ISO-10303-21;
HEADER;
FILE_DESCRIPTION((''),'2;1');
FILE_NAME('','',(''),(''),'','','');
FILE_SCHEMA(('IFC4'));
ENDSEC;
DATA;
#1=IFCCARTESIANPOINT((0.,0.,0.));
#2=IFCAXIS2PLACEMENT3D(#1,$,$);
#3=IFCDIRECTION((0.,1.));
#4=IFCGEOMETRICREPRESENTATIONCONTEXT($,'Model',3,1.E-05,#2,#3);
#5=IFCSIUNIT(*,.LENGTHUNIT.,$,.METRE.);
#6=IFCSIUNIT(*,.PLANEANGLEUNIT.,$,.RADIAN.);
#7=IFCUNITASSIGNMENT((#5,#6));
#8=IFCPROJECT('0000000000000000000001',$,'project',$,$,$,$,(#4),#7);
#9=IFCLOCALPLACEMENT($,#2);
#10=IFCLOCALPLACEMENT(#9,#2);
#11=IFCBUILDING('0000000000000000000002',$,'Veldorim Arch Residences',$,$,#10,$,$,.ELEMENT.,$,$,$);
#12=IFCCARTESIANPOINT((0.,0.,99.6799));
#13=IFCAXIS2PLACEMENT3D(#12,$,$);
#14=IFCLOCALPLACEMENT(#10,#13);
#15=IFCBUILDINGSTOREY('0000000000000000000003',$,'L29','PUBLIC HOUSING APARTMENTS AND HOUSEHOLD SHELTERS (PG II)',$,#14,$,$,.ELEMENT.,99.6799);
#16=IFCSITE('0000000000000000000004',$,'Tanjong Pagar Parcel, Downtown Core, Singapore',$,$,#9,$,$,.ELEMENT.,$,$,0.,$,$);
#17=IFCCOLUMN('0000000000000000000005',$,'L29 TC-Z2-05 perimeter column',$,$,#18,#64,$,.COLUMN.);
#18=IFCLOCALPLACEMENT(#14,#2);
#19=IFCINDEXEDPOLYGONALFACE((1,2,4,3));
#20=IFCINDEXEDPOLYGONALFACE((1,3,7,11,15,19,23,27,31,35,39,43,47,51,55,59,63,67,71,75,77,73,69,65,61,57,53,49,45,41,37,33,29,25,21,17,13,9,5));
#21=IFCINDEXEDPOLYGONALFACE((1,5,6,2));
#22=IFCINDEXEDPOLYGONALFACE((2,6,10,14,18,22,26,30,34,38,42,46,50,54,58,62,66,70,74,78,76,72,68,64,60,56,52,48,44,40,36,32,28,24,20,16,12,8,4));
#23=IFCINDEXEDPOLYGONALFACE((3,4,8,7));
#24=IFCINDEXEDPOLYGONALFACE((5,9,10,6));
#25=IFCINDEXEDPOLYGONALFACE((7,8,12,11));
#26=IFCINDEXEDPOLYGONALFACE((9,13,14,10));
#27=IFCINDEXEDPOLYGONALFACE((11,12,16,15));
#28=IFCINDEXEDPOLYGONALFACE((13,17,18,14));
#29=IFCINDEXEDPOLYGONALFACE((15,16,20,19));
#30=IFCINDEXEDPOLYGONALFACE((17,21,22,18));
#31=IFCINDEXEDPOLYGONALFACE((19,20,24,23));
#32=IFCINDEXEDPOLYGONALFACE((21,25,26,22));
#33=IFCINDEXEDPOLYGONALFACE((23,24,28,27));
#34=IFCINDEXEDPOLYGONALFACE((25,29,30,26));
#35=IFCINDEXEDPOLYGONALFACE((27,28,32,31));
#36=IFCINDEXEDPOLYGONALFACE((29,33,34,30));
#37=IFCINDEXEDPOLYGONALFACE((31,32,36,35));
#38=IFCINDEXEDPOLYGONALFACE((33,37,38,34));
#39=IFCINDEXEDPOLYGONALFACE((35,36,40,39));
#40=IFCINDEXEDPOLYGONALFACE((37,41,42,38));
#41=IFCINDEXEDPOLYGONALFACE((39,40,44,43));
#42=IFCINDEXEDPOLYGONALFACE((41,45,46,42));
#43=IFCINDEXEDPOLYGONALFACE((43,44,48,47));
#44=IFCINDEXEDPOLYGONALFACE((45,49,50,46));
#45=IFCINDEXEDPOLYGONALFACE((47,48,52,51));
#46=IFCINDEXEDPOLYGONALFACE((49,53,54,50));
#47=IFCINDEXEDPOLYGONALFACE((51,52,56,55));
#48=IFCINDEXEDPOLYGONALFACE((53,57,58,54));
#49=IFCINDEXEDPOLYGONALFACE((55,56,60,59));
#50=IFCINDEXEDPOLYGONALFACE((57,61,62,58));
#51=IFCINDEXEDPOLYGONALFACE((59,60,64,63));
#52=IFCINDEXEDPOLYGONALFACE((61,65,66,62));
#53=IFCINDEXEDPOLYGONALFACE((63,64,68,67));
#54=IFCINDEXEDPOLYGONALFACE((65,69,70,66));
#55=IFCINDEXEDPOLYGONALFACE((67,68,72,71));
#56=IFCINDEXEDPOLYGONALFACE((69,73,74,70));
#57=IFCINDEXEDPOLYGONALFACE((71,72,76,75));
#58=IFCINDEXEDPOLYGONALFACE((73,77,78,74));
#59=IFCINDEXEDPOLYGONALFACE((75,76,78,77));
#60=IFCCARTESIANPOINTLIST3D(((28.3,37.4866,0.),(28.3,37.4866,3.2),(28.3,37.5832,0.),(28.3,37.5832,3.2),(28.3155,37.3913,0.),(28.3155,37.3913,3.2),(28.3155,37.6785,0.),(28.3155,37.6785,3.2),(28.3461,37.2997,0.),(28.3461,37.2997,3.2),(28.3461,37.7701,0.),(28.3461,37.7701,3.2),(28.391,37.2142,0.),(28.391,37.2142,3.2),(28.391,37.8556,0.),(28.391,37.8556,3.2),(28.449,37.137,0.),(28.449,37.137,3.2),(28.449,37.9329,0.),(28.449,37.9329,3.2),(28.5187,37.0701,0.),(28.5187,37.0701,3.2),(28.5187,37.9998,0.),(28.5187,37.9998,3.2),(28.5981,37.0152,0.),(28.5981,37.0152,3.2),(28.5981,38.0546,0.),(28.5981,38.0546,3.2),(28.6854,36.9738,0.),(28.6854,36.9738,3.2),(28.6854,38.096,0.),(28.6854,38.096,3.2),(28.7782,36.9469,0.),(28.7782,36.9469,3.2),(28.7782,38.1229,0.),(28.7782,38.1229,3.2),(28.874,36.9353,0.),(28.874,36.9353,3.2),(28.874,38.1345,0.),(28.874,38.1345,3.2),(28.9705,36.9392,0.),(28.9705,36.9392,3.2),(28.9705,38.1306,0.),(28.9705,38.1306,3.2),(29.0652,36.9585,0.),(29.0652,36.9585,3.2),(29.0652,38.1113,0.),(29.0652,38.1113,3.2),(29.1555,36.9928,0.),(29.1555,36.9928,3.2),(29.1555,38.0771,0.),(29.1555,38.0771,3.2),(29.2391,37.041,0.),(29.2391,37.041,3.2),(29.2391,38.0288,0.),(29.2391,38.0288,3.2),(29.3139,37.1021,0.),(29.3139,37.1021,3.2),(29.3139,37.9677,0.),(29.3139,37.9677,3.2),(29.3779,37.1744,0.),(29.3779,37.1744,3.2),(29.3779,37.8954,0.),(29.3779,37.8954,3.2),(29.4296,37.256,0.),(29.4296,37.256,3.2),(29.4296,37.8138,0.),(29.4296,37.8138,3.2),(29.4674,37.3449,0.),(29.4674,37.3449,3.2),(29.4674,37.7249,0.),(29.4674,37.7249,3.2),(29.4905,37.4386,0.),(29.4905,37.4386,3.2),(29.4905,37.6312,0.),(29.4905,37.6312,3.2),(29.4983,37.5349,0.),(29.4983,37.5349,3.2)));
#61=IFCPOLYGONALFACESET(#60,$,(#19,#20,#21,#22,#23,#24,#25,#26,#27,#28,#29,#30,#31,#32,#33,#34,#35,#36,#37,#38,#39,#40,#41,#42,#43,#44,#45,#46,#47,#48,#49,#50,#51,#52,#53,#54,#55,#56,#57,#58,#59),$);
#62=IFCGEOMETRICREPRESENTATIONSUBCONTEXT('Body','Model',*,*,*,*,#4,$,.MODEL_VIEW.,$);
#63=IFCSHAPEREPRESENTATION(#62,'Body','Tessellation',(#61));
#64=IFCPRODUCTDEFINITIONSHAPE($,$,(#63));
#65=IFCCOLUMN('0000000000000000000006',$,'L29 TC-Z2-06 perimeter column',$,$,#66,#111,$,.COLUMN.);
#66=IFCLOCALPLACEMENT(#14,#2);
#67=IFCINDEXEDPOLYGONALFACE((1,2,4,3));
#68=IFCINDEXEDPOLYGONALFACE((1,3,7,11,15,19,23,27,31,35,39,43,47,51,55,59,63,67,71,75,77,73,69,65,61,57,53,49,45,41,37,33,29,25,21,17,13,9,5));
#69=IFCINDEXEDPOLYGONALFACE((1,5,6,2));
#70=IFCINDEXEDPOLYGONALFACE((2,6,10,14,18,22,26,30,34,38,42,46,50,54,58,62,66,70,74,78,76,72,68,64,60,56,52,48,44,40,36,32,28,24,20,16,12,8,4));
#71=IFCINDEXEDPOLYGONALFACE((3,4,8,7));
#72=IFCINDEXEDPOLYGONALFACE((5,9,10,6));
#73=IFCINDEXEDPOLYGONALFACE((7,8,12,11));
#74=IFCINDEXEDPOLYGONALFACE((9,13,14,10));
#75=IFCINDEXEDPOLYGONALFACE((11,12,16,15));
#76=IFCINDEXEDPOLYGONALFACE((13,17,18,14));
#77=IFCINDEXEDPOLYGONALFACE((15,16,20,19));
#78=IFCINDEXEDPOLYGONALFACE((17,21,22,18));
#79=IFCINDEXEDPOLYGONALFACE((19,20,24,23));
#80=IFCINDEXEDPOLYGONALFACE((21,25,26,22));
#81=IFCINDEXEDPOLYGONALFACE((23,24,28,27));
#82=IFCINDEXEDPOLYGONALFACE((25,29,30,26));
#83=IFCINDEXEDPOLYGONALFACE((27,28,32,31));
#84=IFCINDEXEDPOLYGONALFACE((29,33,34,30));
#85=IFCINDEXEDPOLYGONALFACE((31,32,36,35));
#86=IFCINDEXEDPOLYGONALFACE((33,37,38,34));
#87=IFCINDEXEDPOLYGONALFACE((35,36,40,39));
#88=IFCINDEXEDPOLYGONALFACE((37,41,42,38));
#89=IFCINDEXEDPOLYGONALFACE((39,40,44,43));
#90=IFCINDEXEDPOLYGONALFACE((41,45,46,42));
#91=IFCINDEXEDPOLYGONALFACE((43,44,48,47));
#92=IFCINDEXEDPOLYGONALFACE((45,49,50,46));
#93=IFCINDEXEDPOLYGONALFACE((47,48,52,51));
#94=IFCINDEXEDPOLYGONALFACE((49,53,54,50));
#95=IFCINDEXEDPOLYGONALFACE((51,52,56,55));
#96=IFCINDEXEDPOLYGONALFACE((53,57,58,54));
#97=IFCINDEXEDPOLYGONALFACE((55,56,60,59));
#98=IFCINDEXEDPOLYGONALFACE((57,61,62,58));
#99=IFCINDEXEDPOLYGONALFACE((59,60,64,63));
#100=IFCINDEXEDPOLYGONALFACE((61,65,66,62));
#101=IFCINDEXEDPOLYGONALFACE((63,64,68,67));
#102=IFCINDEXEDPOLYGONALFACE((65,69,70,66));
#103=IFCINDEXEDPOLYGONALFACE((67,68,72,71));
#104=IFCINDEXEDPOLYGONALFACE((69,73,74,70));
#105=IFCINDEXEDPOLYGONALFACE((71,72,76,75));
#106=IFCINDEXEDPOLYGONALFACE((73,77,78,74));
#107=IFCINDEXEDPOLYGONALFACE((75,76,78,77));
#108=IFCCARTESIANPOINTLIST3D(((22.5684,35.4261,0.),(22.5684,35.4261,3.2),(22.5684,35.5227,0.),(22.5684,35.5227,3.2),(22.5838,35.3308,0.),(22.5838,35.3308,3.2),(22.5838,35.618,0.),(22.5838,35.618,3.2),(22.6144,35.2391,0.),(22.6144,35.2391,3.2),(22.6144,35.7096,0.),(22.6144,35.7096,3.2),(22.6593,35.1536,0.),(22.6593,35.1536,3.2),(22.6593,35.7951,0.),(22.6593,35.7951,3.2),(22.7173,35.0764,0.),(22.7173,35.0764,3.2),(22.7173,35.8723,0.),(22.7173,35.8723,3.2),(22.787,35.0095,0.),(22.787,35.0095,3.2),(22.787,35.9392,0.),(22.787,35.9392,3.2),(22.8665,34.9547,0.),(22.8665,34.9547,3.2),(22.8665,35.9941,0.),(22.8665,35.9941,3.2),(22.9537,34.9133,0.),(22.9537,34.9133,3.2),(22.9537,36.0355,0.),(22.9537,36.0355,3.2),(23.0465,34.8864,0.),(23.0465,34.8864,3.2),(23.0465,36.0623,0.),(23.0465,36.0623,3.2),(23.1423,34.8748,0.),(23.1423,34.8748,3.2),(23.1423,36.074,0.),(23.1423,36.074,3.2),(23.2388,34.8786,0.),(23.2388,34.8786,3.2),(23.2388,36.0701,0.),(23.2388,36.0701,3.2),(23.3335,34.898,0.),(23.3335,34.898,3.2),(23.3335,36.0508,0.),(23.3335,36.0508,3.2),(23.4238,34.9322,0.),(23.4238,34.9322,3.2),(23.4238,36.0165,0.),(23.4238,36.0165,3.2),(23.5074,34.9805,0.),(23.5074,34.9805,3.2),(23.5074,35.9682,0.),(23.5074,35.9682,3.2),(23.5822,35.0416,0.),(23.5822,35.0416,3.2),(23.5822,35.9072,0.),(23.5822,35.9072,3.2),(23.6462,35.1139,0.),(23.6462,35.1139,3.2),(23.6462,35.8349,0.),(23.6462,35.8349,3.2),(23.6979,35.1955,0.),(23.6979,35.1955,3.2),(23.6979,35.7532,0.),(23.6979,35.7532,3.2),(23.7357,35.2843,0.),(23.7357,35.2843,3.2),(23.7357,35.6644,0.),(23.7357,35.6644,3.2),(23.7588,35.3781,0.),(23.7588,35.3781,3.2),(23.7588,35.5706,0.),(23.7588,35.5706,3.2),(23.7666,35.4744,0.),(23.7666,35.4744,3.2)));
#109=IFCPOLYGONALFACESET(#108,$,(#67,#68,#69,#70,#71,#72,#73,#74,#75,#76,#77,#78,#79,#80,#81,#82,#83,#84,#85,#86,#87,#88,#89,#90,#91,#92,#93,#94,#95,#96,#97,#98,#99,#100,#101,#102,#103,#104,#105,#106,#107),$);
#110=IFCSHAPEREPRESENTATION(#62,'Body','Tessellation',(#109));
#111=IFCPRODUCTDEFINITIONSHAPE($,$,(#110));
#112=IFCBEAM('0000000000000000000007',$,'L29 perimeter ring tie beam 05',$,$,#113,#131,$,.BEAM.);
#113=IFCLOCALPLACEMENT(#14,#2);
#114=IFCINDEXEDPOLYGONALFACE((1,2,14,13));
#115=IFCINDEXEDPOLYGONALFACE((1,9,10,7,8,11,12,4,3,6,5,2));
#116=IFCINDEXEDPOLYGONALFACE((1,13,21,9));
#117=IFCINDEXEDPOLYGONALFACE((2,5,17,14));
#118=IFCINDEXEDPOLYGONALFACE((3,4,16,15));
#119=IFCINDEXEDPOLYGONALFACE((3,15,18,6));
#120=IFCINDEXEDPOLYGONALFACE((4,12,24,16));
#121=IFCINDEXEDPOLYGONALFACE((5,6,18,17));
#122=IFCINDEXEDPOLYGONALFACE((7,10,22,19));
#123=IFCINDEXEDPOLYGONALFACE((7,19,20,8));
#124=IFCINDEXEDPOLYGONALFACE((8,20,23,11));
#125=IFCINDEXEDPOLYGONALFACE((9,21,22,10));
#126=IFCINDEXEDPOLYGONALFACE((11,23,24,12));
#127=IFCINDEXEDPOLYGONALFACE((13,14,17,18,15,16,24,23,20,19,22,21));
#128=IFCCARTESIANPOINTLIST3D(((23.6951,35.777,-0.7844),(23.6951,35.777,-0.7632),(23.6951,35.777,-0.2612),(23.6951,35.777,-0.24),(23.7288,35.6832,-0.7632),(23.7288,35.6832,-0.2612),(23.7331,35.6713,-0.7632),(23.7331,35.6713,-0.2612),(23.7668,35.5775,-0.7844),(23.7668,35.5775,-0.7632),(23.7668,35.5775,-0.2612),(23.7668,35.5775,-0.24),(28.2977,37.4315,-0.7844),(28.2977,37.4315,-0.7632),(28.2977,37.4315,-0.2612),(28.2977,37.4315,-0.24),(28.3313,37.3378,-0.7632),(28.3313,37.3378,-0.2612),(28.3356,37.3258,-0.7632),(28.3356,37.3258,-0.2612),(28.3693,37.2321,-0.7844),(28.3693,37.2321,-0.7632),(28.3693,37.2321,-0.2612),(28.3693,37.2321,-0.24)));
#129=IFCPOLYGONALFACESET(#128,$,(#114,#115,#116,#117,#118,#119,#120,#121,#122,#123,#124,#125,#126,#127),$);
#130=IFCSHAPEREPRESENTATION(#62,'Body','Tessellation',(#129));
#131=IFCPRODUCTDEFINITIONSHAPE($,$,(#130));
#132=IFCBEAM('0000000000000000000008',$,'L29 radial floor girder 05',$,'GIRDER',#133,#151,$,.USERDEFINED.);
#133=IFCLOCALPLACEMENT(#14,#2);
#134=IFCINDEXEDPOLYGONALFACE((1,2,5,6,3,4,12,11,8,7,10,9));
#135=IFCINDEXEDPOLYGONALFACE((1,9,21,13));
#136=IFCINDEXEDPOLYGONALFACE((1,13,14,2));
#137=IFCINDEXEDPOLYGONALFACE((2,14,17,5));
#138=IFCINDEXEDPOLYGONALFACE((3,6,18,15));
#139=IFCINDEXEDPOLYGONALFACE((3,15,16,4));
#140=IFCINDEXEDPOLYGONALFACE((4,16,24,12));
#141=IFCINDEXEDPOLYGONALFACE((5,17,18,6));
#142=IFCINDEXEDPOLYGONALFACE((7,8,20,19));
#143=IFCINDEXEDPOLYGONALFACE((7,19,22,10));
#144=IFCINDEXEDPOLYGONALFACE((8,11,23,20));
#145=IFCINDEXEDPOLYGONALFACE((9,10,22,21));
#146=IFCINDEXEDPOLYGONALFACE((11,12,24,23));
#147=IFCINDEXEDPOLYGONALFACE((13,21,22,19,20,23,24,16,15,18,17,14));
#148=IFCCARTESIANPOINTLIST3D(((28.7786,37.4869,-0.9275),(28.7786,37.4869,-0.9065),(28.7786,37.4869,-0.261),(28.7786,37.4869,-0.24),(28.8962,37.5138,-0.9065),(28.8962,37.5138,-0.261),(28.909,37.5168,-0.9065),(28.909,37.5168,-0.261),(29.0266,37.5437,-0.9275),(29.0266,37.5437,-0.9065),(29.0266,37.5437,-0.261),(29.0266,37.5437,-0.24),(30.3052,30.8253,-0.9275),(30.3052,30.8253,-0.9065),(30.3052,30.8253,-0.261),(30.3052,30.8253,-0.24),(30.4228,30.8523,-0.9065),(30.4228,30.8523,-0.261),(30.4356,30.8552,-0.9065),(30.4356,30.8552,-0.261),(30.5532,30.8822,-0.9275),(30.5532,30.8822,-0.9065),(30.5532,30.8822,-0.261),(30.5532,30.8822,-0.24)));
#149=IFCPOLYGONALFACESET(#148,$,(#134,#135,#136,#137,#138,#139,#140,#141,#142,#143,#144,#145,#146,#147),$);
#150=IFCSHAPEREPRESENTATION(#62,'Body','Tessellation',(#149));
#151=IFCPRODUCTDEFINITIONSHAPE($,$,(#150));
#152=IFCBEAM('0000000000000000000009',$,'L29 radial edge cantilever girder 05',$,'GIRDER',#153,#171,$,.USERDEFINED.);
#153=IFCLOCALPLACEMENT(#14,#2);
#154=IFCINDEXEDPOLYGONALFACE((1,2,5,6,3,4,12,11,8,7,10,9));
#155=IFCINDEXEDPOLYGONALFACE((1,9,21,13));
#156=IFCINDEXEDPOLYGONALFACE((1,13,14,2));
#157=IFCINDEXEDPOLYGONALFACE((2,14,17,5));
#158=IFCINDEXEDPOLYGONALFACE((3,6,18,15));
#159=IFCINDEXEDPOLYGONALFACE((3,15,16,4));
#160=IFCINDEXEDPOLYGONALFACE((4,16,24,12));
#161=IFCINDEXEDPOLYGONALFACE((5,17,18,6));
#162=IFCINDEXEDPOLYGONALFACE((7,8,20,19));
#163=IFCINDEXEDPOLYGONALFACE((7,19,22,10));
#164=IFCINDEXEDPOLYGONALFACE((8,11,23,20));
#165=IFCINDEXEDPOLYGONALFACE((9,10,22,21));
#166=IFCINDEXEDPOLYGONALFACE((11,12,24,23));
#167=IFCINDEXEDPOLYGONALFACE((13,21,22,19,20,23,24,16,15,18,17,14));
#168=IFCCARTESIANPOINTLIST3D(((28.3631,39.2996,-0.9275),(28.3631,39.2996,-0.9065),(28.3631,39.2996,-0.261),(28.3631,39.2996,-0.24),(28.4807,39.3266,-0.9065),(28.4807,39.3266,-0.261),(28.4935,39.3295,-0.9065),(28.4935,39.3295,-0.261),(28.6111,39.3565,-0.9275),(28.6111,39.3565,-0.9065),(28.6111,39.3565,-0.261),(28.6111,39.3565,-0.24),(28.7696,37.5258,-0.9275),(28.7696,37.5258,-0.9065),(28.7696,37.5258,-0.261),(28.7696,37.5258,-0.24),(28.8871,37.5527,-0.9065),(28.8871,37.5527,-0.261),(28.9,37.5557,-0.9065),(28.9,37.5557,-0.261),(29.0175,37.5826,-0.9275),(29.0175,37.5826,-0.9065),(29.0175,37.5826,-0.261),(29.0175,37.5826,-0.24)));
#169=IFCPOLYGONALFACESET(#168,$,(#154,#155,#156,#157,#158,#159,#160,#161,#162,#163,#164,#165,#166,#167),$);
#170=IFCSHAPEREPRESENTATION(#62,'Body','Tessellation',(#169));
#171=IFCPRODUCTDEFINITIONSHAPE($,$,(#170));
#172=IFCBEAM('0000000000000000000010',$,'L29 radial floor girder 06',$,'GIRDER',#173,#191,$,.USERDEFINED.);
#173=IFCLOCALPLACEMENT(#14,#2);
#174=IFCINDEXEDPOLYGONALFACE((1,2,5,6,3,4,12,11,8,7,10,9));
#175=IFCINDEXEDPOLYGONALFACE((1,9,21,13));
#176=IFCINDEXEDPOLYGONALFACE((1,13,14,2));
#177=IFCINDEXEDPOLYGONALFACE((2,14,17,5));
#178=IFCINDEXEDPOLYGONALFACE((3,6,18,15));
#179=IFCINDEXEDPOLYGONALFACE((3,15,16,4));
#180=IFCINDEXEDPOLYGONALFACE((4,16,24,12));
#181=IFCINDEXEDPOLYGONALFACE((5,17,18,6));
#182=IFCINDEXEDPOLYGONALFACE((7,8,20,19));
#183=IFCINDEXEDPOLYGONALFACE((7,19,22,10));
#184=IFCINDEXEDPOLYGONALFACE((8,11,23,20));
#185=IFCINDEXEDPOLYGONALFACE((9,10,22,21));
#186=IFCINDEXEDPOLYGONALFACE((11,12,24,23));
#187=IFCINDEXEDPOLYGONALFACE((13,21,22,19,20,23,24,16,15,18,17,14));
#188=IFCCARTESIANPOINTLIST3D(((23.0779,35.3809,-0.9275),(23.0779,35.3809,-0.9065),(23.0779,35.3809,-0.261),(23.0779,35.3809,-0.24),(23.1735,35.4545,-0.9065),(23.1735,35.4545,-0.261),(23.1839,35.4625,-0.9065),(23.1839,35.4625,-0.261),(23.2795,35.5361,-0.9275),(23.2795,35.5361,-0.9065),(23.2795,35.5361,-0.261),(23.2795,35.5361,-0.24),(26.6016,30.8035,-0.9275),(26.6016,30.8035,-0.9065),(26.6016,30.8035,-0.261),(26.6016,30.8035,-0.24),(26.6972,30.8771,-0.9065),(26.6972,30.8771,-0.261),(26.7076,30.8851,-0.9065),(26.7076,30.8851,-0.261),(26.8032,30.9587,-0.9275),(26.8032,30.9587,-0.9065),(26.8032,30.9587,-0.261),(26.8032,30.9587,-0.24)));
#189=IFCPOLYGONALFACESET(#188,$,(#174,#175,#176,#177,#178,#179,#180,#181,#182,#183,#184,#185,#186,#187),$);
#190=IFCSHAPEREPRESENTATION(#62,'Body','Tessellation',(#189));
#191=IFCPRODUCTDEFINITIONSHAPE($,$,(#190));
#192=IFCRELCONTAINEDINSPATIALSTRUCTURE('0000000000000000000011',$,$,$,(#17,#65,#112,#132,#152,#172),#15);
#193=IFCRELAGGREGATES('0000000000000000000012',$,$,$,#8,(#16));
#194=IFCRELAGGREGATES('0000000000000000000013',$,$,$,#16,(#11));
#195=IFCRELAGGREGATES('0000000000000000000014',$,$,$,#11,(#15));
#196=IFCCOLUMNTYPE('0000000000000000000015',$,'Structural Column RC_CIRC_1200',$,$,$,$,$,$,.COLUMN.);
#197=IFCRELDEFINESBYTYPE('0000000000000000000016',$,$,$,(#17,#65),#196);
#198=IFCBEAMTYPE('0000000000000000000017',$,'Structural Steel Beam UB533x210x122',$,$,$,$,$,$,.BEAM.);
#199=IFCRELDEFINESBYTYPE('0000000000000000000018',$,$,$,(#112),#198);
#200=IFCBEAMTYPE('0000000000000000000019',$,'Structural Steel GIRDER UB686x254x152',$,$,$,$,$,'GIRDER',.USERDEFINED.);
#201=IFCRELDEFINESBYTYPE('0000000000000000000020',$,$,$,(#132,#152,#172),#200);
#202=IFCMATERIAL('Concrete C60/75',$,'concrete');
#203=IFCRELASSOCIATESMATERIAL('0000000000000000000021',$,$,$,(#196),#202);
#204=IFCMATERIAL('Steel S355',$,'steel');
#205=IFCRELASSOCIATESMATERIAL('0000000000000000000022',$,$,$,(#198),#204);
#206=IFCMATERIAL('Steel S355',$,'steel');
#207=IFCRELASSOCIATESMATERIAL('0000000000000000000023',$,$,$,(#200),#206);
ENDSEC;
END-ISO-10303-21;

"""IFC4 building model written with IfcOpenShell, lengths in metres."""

from ifc_helpers import new_model, si_unit, direction, frame, origin, origin_2d, place, context, subcontext, project, spatial, circle, i_section, extrude, material, material_profile, profile_set, type_object, element, save


model = new_model("IFC4")

# Units and contexts
model_context = context("Model", 3, precision=1e-05, world=origin(), true_north=direction((0.0, 1.0)))
body_context = subcontext(model_context, "Body", "Model", "MODEL_VIEW")
ifc_project = project(units=[si_unit("LENGTHUNIT", "METRE"), si_unit("PLANEANGLEUNIT", "RADIAN")], contexts=[model_context])

# Site, building, storey
site_placement = place(None, origin())
site = spatial("IfcSite", under=ifc_project, at=site_placement, Name="Tanjong Pagar Parcel, Downtown Core, Singapore", CompositionType="ELEMENT", RefElevation=0.0)
building_placement = place(site_placement, origin())
building = spatial("IfcBuilding", under=site, at=building_placement, Name="Veldorim Arch Residences", CompositionType="ELEMENT")
storey_placement = place(building_placement, frame((0.0, 0.0, 99.6799)))
storey = spatial("IfcBuildingStorey", under=building, at=storey_placement, Name="L29", Description="PUBLIC HOUSING APARTMENTS AND HOUSEHOLD SHELTERS (PG II)", CompositionType="ELEMENT", Elevation=99.6799)

# Columns
ifc_material_1 = material(Name="Concrete C60/75", Category="concrete")
ifc_material_profile_1 = material_profile(ifc_material_1, circle(Radius=0.6001, at=origin_2d()), Name="RC_CIRC_1200")
ifc_profile_set_1 = profile_set([ifc_material_profile_1], Name="Concrete C60/75")
column_type = type_object("IfcColumnType", Name="Structural Column RC_CIRC_1200", PredefinedType="COLUMN", material=ifc_profile_set_1)
for number, where, z_axis, x_axis, name in (
    (1, (28.8982, 37.5349, 0.0), (0.0, 0.0, 1.0), (1.0, 0.0, 0.0), "L29 TC-Z2-05 perimeter column"),
    (2, (23.1665, 35.4744, 0.0), (0.0, 0.0, 1.0), (1.0, 0.0, 0.0), "L29 TC-Z2-06 perimeter column"),
):
    element("IfcColumn", number, at=place(storey_placement, frame(where, z_axis=z_axis, x_axis=x_axis)), inside=storey, type_object=column_type, Name=name, PredefinedType="COLUMN", context=body_context, shape_type="SweptSolid", body=[
        extrude(circle(Radius=0.6001, at=origin_2d()), origin(), (0.0, 0.0, 1.0), 3.2),
    ])

# Beams
ifc_material_2 = material(Name="Steel S355", Category="steel")
ifc_material_profile_2 = material_profile(ifc_material_2, i_section(OverallWidth=0.2119, OverallDepth=0.5444, WebThickness=0.0127, FlangeThickness=0.0212, at=origin_2d()), Name="UB533x210x122")
ifc_profile_set_2 = profile_set([ifc_material_profile_2], Name="Steel S355")
beam_type_1 = type_object("IfcBeamType", Name="Structural Steel Beam UB533x210x122", PredefinedType="BEAM", material=ifc_profile_set_2)
beam_1_placement = place(storey_placement, frame((28.3335, 37.3318, -0.5122), z_axis=(-0.941042, -0.33829, 0.0), x_axis=(0.33829, -0.941042, 0.0)))
element("IfcBeam", 3, at=beam_1_placement, inside=storey, type_object=beam_type_1, Name="L29 perimeter ring tie beam 05", PredefinedType="BEAM", context=body_context, shape_type="SweptSolid", body=[
    extrude(i_section(OverallWidth=0.2119, OverallDepth=0.5444, WebThickness=0.0127, FlangeThickness=0.0212, at=origin_2d()), origin(), (0.0, 0.0, 1.0), 4.8909),
])
ifc_material_3 = material(Name="Steel S355", Category="steel")
ifc_material_profile_3 = material_profile(ifc_material_3, i_section(OverallWidth=0.2544, OverallDepth=0.6875, WebThickness=0.0132, FlangeThickness=0.021, at=origin_2d()), Name="UB686x254x152")
ifc_profile_set_3 = profile_set([ifc_material_profile_3], Name="Steel S355")
beam_type_2 = type_object("IfcBeamType", Name="Structural Steel GIRDER UB686x254x152", ElementType="GIRDER", PredefinedType="USERDEFINED", material=ifc_profile_set_3)
beam_2_placement = place(storey_placement, frame((30.4292, 30.8538, -0.5837), z_axis=(-0.223375, 0.974733, 0.0), x_axis=(-0.974733, -0.223375, 0.0)))
element("IfcBeam", 4, at=beam_2_placement, inside=storey, type_object=beam_type_2, Name="L29 radial floor girder 05", ObjectType="GIRDER", PredefinedType="USERDEFINED", context=body_context, shape_type="SweptSolid", body=[
    extrude(i_section(OverallWidth=0.2544, OverallDepth=0.6875, WebThickness=0.0132, FlangeThickness=0.021, at=origin_2d()), origin(), (0.0, 0.0, 1.0), 6.8342),
])
beam_3_placement = place(storey_placement, frame((28.8936, 37.5542, -0.5837), z_axis=(-0.22336, 0.974736, 0.0), x_axis=(-0.974736, -0.22336, 0.0)))
element("IfcBeam", 5, at=beam_3_placement, inside=storey, type_object=beam_type_2, Name="L29 radial edge cantilever girder 05", ObjectType="GIRDER", PredefinedType="USERDEFINED", context=body_context, shape_type="SweptSolid", body=[
    extrude(i_section(OverallWidth=0.2544, OverallDepth=0.6875, WebThickness=0.0132, FlangeThickness=0.021, at=origin_2d()), origin(), (0.0, 0.0, 1.0), 1.8198),
])
beam_4_placement = place(storey_placement, frame((26.7024, 30.8811, -0.5837), z_axis=(-0.609995, 0.792406, 0.0), x_axis=(-0.792406, -0.609995, 0.0)))
element("IfcBeam", 6, at=beam_4_placement, inside=storey, type_object=beam_type_2, Name="L29 radial floor girder 06", ObjectType="GIRDER", PredefinedType="USERDEFINED", context=body_context, shape_type="SweptSolid", body=[
    extrude(i_section(OverallWidth=0.2544, OverallDepth=0.6875, WebThickness=0.0132, FlangeThickness=0.021, at=origin_2d()), origin(), (0.0, 0.0, 1.0), 5.7766),
])

save(model, "model.ifc")
